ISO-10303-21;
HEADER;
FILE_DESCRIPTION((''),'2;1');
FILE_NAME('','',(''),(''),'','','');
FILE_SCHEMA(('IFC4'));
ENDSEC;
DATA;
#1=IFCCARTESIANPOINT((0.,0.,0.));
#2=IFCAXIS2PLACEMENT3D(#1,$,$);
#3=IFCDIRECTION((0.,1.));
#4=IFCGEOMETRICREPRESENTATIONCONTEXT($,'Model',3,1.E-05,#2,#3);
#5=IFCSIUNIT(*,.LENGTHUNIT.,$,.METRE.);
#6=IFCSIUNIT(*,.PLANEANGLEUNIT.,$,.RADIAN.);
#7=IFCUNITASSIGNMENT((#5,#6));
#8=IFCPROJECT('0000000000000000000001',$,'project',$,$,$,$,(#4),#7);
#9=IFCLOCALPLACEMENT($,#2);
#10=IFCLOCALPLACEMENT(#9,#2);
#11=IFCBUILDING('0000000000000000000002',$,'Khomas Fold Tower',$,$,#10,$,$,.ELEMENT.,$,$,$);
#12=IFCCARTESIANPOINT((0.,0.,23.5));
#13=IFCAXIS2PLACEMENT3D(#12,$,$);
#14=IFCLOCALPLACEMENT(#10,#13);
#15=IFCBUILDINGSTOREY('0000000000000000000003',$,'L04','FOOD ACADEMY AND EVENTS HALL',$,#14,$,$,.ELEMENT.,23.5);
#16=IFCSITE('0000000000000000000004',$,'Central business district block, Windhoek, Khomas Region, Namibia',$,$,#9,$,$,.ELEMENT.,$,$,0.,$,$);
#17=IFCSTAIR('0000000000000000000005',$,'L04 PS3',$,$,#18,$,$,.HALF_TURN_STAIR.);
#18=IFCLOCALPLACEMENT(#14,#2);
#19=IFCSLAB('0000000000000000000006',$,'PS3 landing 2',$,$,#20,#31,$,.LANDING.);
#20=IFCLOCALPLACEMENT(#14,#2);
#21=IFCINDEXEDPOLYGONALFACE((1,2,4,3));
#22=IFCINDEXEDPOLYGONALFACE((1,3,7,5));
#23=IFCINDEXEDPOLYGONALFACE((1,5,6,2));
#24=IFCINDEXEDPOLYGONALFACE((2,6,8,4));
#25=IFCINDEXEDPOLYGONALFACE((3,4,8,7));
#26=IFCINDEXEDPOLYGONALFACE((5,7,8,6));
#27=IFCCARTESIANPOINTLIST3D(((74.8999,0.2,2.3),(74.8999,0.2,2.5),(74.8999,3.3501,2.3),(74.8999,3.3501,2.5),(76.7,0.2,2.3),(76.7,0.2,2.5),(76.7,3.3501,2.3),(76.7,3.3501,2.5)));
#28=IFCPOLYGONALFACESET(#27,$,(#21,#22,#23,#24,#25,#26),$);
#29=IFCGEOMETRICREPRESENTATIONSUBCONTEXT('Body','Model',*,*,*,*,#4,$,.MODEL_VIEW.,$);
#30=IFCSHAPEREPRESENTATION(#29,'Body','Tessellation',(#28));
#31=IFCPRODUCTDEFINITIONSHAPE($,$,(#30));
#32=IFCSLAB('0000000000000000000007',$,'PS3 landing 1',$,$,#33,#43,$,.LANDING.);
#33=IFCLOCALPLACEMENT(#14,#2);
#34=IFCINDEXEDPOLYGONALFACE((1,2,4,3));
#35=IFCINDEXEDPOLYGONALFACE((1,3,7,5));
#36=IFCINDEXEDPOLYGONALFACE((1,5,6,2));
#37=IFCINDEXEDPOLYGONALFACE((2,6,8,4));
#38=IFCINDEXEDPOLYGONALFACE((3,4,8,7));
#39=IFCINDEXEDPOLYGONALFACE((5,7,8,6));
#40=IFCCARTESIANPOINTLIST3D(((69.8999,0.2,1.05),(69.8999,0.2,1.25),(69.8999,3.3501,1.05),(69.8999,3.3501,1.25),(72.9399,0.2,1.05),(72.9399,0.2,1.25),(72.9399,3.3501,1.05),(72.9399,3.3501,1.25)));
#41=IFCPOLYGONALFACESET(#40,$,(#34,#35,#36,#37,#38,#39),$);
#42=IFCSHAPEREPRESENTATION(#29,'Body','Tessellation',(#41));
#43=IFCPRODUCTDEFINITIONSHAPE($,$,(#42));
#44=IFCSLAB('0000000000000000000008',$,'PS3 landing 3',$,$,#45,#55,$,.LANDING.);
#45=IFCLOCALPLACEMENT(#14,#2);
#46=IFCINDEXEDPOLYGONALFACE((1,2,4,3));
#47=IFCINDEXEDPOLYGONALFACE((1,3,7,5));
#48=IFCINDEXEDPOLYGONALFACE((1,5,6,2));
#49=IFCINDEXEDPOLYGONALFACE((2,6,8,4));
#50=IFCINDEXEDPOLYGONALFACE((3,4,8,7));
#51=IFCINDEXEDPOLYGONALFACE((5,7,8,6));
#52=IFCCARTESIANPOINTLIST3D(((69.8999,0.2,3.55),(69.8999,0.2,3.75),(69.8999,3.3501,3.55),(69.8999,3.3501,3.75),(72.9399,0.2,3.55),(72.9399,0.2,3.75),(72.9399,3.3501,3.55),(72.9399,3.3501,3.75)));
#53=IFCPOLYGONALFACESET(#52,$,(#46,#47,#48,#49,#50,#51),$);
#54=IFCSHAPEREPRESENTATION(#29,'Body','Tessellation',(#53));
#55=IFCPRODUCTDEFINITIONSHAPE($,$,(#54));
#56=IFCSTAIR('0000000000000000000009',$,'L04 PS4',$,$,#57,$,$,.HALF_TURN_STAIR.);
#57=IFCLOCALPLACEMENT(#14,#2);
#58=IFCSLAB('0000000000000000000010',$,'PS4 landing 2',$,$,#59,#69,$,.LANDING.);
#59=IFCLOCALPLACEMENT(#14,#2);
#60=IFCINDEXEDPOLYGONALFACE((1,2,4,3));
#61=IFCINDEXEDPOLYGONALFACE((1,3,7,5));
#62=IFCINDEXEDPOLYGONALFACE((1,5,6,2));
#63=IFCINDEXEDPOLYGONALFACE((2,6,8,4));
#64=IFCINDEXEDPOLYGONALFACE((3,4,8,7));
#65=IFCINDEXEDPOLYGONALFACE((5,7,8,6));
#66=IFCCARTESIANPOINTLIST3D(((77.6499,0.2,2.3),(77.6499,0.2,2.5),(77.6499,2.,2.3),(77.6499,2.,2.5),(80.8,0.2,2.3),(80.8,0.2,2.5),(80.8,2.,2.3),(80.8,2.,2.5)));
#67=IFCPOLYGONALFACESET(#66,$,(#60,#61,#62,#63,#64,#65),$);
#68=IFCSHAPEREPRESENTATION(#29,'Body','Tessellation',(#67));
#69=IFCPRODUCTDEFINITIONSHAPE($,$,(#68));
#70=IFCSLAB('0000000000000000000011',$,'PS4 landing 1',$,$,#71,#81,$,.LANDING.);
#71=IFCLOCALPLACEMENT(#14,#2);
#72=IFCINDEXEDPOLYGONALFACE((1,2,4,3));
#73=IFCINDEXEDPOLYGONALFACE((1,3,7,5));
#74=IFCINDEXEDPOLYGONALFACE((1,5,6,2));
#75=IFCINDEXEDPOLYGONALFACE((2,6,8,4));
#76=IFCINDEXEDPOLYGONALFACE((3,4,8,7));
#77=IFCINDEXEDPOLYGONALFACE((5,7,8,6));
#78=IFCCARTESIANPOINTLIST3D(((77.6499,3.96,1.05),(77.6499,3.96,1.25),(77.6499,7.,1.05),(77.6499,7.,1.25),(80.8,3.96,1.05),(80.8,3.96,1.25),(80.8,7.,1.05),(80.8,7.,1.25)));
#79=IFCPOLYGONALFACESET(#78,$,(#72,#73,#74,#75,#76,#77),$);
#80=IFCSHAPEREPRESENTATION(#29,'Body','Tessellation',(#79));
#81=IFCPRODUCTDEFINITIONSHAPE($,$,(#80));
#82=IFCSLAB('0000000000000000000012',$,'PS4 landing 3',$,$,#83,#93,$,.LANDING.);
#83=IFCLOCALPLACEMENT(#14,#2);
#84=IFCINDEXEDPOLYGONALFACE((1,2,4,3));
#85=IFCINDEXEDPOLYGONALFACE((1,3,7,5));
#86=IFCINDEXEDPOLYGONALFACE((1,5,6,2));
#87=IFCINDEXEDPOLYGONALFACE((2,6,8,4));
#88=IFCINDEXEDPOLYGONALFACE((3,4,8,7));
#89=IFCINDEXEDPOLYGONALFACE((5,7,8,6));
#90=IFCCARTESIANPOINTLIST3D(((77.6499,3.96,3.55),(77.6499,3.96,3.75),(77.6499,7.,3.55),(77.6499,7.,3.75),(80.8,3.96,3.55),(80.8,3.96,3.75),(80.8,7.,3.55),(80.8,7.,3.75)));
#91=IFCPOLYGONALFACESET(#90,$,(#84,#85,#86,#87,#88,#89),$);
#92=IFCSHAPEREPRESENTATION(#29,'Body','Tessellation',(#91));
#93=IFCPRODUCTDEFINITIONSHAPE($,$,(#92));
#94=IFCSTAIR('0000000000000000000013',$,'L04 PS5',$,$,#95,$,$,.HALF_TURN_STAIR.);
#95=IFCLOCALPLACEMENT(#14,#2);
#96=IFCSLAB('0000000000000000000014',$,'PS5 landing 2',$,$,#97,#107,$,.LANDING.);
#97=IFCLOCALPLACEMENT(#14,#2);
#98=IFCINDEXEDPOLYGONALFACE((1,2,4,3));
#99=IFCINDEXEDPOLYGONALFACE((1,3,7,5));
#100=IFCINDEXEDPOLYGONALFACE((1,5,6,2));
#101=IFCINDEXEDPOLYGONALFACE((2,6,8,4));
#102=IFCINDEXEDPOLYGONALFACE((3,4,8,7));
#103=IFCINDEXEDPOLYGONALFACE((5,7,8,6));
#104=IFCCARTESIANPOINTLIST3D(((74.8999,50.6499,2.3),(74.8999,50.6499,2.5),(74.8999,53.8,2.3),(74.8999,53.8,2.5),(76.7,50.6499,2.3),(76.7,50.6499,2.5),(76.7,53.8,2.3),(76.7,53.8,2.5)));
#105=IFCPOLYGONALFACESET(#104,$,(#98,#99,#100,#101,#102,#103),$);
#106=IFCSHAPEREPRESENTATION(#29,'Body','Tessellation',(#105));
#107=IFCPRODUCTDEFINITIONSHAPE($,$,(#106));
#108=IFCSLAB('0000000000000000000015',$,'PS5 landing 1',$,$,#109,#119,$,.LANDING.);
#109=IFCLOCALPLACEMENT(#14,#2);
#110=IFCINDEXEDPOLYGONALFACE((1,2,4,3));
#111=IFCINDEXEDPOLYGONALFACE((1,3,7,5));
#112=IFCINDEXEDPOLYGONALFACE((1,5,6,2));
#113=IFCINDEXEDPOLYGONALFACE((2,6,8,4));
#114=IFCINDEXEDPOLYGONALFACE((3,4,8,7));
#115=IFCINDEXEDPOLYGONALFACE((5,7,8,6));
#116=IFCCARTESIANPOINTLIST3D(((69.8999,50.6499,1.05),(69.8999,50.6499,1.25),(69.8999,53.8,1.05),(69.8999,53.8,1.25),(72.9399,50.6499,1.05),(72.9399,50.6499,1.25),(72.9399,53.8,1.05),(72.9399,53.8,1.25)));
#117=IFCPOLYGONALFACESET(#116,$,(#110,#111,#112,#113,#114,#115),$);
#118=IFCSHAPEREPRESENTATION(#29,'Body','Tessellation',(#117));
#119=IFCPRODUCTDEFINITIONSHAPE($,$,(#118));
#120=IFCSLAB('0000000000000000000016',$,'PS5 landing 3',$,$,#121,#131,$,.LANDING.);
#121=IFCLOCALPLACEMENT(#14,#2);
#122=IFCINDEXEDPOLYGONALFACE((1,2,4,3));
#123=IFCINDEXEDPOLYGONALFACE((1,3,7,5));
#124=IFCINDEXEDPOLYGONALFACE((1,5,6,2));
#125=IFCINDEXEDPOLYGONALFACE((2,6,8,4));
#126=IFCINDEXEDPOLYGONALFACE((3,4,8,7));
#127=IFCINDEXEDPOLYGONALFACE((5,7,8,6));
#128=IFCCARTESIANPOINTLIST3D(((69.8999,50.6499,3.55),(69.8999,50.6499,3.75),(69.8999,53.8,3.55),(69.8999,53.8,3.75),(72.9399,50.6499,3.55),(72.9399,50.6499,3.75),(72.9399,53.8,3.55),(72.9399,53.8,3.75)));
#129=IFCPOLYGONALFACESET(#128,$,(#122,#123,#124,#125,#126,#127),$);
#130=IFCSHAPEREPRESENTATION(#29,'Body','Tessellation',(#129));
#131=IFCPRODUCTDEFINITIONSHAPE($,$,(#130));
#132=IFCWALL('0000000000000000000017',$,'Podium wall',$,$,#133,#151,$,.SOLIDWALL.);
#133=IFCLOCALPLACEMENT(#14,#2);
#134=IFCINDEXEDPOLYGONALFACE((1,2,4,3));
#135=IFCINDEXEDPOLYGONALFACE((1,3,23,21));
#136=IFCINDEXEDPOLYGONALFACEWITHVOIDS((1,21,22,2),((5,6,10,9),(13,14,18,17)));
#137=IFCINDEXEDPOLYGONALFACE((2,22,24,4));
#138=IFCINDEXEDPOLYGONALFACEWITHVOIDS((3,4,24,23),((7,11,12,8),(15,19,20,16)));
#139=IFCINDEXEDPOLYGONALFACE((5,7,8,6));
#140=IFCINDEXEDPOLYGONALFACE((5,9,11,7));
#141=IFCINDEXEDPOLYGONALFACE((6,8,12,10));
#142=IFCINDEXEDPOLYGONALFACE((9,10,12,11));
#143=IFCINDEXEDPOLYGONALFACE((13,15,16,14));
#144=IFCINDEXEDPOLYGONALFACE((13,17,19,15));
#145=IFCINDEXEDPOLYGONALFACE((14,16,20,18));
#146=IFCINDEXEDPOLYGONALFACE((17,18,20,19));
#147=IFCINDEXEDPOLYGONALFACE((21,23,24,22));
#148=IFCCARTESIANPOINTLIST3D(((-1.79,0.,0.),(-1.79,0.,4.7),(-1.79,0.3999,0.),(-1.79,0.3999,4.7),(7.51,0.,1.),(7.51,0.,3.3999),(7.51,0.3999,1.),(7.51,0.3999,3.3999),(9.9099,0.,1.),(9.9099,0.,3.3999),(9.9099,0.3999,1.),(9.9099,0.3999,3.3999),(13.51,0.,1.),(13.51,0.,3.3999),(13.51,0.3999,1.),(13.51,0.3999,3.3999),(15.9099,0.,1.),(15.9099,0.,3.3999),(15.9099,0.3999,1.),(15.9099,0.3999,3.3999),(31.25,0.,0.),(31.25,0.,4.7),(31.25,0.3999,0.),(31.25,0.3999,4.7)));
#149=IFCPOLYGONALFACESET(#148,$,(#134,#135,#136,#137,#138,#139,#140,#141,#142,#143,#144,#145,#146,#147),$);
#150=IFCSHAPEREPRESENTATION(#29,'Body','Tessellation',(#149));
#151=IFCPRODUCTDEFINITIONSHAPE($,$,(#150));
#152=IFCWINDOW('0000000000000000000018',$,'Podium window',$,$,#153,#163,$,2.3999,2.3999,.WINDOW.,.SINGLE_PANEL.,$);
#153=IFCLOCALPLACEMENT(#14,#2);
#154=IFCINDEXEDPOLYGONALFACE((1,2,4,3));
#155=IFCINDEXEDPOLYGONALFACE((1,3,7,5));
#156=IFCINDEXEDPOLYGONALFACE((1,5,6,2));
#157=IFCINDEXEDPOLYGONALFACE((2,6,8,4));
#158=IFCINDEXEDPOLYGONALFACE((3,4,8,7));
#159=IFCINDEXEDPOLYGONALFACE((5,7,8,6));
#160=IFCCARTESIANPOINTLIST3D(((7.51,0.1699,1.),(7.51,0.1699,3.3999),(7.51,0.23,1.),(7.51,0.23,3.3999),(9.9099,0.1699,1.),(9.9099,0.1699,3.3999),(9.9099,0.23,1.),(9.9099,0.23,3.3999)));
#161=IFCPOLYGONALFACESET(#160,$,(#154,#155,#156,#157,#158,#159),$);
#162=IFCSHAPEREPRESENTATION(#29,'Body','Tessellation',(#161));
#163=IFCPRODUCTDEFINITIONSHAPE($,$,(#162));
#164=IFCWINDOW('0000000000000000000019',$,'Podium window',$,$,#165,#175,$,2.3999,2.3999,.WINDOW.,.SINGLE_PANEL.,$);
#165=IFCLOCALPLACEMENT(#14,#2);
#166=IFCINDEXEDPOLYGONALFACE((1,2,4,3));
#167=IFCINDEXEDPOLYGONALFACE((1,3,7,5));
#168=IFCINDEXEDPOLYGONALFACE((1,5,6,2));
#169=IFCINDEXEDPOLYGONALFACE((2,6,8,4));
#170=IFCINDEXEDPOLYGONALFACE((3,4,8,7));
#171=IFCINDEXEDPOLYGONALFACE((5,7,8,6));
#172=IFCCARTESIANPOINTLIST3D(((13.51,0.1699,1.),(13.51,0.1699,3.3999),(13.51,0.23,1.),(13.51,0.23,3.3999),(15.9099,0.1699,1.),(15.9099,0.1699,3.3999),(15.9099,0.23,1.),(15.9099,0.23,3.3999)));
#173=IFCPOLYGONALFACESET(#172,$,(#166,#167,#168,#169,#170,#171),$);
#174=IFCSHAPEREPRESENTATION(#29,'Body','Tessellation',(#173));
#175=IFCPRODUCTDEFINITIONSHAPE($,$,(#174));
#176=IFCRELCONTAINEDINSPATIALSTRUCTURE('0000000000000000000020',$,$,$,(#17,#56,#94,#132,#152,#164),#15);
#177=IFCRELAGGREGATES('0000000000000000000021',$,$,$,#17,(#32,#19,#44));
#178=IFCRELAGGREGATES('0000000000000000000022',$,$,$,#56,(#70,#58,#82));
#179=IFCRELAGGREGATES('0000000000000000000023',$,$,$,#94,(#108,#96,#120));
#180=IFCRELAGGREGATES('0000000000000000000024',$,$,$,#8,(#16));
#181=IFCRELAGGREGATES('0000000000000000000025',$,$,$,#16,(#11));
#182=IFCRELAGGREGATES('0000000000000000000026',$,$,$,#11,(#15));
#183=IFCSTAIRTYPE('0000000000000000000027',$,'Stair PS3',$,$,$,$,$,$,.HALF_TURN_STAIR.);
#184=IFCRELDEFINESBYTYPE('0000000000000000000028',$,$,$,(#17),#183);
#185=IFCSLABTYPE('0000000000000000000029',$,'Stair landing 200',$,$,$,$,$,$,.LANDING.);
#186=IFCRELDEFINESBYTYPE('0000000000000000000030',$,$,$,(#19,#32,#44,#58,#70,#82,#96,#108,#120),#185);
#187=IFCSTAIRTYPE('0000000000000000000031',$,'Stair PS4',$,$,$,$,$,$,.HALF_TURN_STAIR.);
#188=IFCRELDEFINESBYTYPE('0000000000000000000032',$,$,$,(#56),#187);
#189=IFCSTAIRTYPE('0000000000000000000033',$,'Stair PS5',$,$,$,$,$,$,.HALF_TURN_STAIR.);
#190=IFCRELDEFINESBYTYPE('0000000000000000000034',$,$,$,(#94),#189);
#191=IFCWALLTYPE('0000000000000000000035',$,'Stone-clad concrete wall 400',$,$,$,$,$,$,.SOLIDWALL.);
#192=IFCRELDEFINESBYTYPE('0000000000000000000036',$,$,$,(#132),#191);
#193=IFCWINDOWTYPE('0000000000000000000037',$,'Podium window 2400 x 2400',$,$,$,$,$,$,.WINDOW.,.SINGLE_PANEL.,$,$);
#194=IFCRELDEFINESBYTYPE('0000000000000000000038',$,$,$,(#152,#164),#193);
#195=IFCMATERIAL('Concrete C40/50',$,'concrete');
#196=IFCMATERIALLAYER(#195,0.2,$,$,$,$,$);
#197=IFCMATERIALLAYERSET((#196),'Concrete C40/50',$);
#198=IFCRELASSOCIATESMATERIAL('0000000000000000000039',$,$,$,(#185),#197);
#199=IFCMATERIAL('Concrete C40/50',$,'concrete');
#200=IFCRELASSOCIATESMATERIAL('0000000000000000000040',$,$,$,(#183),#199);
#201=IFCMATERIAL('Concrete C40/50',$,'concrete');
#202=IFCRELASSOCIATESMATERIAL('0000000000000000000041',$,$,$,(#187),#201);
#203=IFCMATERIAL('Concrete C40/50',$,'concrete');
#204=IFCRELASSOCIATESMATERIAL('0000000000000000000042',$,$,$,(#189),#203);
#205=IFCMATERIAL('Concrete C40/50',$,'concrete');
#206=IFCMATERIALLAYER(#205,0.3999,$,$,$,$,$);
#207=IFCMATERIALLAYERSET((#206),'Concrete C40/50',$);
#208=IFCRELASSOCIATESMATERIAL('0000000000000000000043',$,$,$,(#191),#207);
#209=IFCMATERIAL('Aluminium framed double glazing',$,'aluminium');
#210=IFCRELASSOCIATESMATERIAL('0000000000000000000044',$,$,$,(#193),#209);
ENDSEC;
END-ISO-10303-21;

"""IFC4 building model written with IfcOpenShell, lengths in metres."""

from ifc_helpers import new_model, si_unit, direction, frame, frame_2d, origin, place, context, subcontext, project, spatial, polyline, rectangle, outline, extrude, source, transform, mapped, material, layer, layer_set, type_object, element, fill, aggregate, save


model = new_model("IFC4")

# Units and contexts
model_context = context("Model", 3, precision=1e-05, world=origin(), true_north=direction((0.0, 1.0)))
body_context = subcontext(model_context, "Body", "Model", "MODEL_VIEW")
ifc_project = project(units=[si_unit("LENGTHUNIT", "METRE"), si_unit("PLANEANGLEUNIT", "RADIAN")], contexts=[model_context])

# Site, building, storey
site_placement = place(None, origin())
site = spatial("IfcSite", under=ifc_project, at=site_placement, Name="Central business district block, Windhoek, Khomas Region, Namibia", CompositionType="ELEMENT", RefElevation=0.0)
building_placement = place(site_placement, origin())
building = spatial("IfcBuilding", under=site, at=building_placement, Name="Khomas Fold Tower", CompositionType="ELEMENT")
storey_placement = place(building_placement, frame((0.0, 0.0, 23.5)))
storey = spatial("IfcBuildingStorey", under=building, at=storey_placement, Name="L04", Description="FOOD ACADEMY AND EVENTS HALL", CompositionType="ELEMENT", Elevation=23.5)

# Shared definitions
ifc_material_1 = material(Name="Concrete C40/50", Category="concrete")
ifc_layer_1 = layer(ifc_material_1, 0.2)
ifc_layer_set_1 = layer_set([ifc_layer_1], Name="Concrete C40/50")
slab_type_1 = type_object("IfcSlabType", Name="Stair landing 200", PredefinedType="LANDING", material=ifc_layer_set_1)

# Stairs, slabs
ifc_material_2 = material(Name="Concrete C40/50", Category="concrete")
stair_type_1 = type_object("IfcStairType", Name="Stair PS3", PredefinedType="HALF_TURN_STAIR", material=ifc_material_2)
stair_1_placement = place(storey_placement, origin())
stair_1 = element("IfcStair", 1, at=stair_1_placement, inside=storey, type_object=stair_type_1, Name="L04 PS3", PredefinedType="HALF_TURN_STAIR")
shared_shape_1 = source(origin(), body_context, "Body", "SweptSolid", [
    extrude(outline(polyline([(76.7, 3.3501), (74.8999, 3.3501), (74.8999, 0.2), (76.7, 0.2), (76.7, 3.3501)])), origin(), (0.0, 0.0, 1.0), 0.2),
])
slab_1_placement = place(storey_placement, frame((0.0, 0.0, 2.3)))
slab_1 = element("IfcSlab", 2, at=slab_1_placement, type_object=slab_type_1, Name="PS3 landing 2", PredefinedType="LANDING", context=body_context, shape_type="MappedRepresentation", body=[
    mapped(shared_shape_1, transform((0.0, 0.0, 0.0))),
])
shared_shape_2 = source(origin(), body_context, "Body", "SweptSolid", [
    extrude(outline(polyline([(72.9399, 3.3501), (69.8999, 3.3501), (69.8999, 0.2), (72.9399, 0.2), (72.9399, 3.3501)])), origin(), (0.0, 0.0, 1.0), 0.2),
])
slab_2_placement = place(storey_placement, frame((0.0, 0.0, 1.05)))
slab_2 = element("IfcSlab", 3, at=slab_2_placement, type_object=slab_type_1, Name="PS3 landing 1", PredefinedType="LANDING", context=body_context, shape_type="MappedRepresentation", body=[
    mapped(shared_shape_2, transform((0.0, 0.0, 0.0))),
])
slab_3_placement = place(storey_placement, frame((0.0, 0.0, 3.55)))
slab_3 = element("IfcSlab", 4, at=slab_3_placement, type_object=slab_type_1, Name="PS3 landing 3", PredefinedType="LANDING", context=body_context, shape_type="MappedRepresentation", body=[
    mapped(shared_shape_2, transform((0.0, 0.0, 0.0))),
])
aggregate(stair_1, [slab_2, slab_1, slab_3])
ifc_material_3 = material(Name="Concrete C40/50", Category="concrete")
stair_type_2 = type_object("IfcStairType", Name="Stair PS4", PredefinedType="HALF_TURN_STAIR", material=ifc_material_3)
stair_2_placement = place(storey_placement, origin())
stair_2 = element("IfcStair", 5, at=stair_2_placement, inside=storey, type_object=stair_type_2, Name="L04 PS4", PredefinedType="HALF_TURN_STAIR")
shared_shape_3 = source(origin(), body_context, "Body", "SweptSolid", [
    extrude(outline(polyline([(80.8, 0.2), (80.8, 2.0), (77.6499, 2.0), (77.6499, 0.2), (80.8, 0.2)])), origin(), (0.0, 0.0, 1.0), 0.2),
])
slab_4_placement = place(storey_placement, frame((0.0, 0.0, 2.3)))
slab_4 = element("IfcSlab", 6, at=slab_4_placement, type_object=slab_type_1, Name="PS4 landing 2", PredefinedType="LANDING", context=body_context, shape_type="MappedRepresentation", body=[
    mapped(shared_shape_3, transform((0.0, 0.0, 0.0))),
])
shared_shape_4 = source(origin(), body_context, "Body", "SweptSolid", [
    extrude(outline(polyline([(80.8, 3.96), (80.8, 7.0), (77.6499, 7.0), (77.6499, 3.96), (80.8, 3.96)])), origin(), (0.0, 0.0, 1.0), 0.2),
])
slab_5_placement = place(storey_placement, frame((0.0, 0.0, 1.05)))
slab_5 = element("IfcSlab", 7, at=slab_5_placement, type_object=slab_type_1, Name="PS4 landing 1", PredefinedType="LANDING", context=body_context, shape_type="MappedRepresentation", body=[
    mapped(shared_shape_4, transform((0.0, 0.0, 0.0))),
])
slab_6_placement = place(storey_placement, frame((0.0, 0.0, 3.55)))
slab_6 = element("IfcSlab", 8, at=slab_6_placement, type_object=slab_type_1, Name="PS4 landing 3", PredefinedType="LANDING", context=body_context, shape_type="MappedRepresentation", body=[
    mapped(shared_shape_4, transform((0.0, 0.0, 0.0))),
])
aggregate(stair_2, [slab_5, slab_4, slab_6])
ifc_material_4 = material(Name="Concrete C40/50", Category="concrete")
stair_type_3 = type_object("IfcStairType", Name="Stair PS5", PredefinedType="HALF_TURN_STAIR", material=ifc_material_4)
stair_3_placement = place(storey_placement, origin())
stair_3 = element("IfcStair", 9, at=stair_3_placement, inside=storey, type_object=stair_type_3, Name="L04 PS5", PredefinedType="HALF_TURN_STAIR")
shared_shape_5 = source(origin(), body_context, "Body", "SweptSolid", [
    extrude(outline(polyline([(76.7, 53.8), (74.8999, 53.8), (74.8999, 50.6499), (76.7, 50.6499), (76.7, 53.8)])), origin(), (0.0, 0.0, 1.0), 0.2),
])
slab_7_placement = place(storey_placement, frame((0.0, 0.0, 2.3)))
slab_7 = element("IfcSlab", 10, at=slab_7_placement, type_object=slab_type_1, Name="PS5 landing 2", PredefinedType="LANDING", context=body_context, shape_type="MappedRepresentation", body=[
    mapped(shared_shape_5, transform((0.0, 0.0, 0.0))),
])
shared_shape_6 = source(origin(), body_context, "Body", "SweptSolid", [
    extrude(outline(polyline([(72.9399, 53.8), (69.8999, 53.8), (69.8999, 50.6499), (72.9399, 50.6499), (72.9399, 53.8)])), origin(), (0.0, 0.0, 1.0), 0.2),
])
slab_8_placement = place(storey_placement, frame((0.0, 0.0, 1.05)))
slab_8 = element("IfcSlab", 11, at=slab_8_placement, type_object=slab_type_1, Name="PS5 landing 1", PredefinedType="LANDING", context=body_context, shape_type="MappedRepresentation", body=[
    mapped(shared_shape_6, transform((0.0, 0.0, 0.0))),
])
slab_9_placement = place(storey_placement, frame((0.0, 0.0, 3.55)))
slab_9 = element("IfcSlab", 12, at=slab_9_placement, type_object=slab_type_1, Name="PS5 landing 3", PredefinedType="LANDING", context=body_context, shape_type="MappedRepresentation", body=[
    mapped(shared_shape_6, transform((0.0, 0.0, 0.0))),
])
aggregate(stair_3, [slab_8, slab_7, slab_9])

# Wall, openings, windows
ifc_material_5 = material(Name="Concrete C40/50", Category="concrete")
ifc_layer_2 = layer(ifc_material_5, 0.3999)
ifc_layer_set_2 = layer_set([ifc_layer_2], Name="Concrete C40/50")
wall_type_1 = type_object("IfcWallType", Name="Stone-clad concrete wall 400", PredefinedType="SOLIDWALL", material=ifc_layer_set_2)
shared_shape_7 = source(origin(), body_context, "Body", "SweptSolid", [
    extrude(rectangle(XDim=33.04, YDim=0.3999, at=frame_2d((16.52, 0.0))), origin(), (0.0, 0.0, 1.0), 4.7),
])
wall_1_placement = place(storey_placement, frame((-1.79, 0.2, 0.0), z_axis=(0.0, 0.0, 1.0), x_axis=(1.0, 0.0, 0.0)))
wall_1 = element("IfcWall", 13, at=wall_1_placement, inside=storey, type_object=wall_type_1, Name="Podium wall", PredefinedType="SOLIDWALL", context=body_context, shape_type="MappedRepresentation", body=[
    mapped(shared_shape_7, transform((0.0, 0.0, 0.0))),
])
shared_shape_8 = source(origin(), body_context, "Body", "SweptSolid", [
    extrude(rectangle(XDim=2.3999, YDim=2.3999, at=frame_2d((1.2, 1.2))), frame((0.0, 0.21, 0.0), z_axis=(0.0, -1.0, 0.0), x_axis=(1.0, 0.0, 0.0)), (0.0, 0.0, 1.0), 0.4199),
])
opening_1_placement = place(wall_1_placement, frame((9.3, 0.0, 1.0)))
opening_1 = element("IfcOpeningElement", 14, at=opening_1_placement, cuts=wall_1, PredefinedType="OPENING", context=body_context, shape_type="MappedRepresentation", body=[
    mapped(shared_shape_8, transform((0.0, 0.0, 0.0))),
])
opening_2_placement = place(wall_1_placement, frame((15.3, 0.0, 1.0)))
opening_2 = element("IfcOpeningElement", 15, at=opening_2_placement, cuts=wall_1, PredefinedType="OPENING", context=body_context, shape_type="MappedRepresentation", body=[
    mapped(shared_shape_8, transform((0.0, 0.0, 0.0))),
])
ifc_material_6 = material(Name="Aluminium framed double glazing", Category="aluminium")
window_type = type_object("IfcWindowType", Name="Podium window 2400 x 2400", PartitioningType="SINGLE_PANEL", PredefinedType="WINDOW", material=ifc_material_6)
shared_shape_9 = source(origin(), body_context, "Body", "SweptSolid", [
    extrude(rectangle(XDim=2.3999, YDim=2.3999, at=frame_2d((1.2, 1.2))), frame((0.0, 0.03, 0.0), z_axis=(0.0, -1.0, 0.0), x_axis=(1.0, 0.0, 0.0)), (0.0, 0.0, 1.0), 0.0601),
])
window_1_placement = place(opening_1_placement, origin())
window_1 = element("IfcWindow", 16, at=window_1_placement, inside=storey, type_object=window_type, Name="Podium window", OverallHeight=2.3999, OverallWidth=2.3999, PartitioningType="SINGLE_PANEL", PredefinedType="WINDOW", context=body_context, shape_type="MappedRepresentation", body=[
    mapped(shared_shape_9, transform((0.0, 0.0, 0.0))),
])
fill(opening_1, window_1)
window_2_placement = place(opening_2_placement, origin())
window_2 = element("IfcWindow", 17, at=window_2_placement, inside=storey, type_object=window_type, Name="Podium window", OverallHeight=2.3999, OverallWidth=2.3999, PartitioningType="SINGLE_PANEL", PredefinedType="WINDOW", context=body_context, shape_type="MappedRepresentation", body=[
    mapped(shared_shape_9, transform((0.0, 0.0, 0.0))),
])
fill(opening_2, window_2)

save(model, "model.ifc")
